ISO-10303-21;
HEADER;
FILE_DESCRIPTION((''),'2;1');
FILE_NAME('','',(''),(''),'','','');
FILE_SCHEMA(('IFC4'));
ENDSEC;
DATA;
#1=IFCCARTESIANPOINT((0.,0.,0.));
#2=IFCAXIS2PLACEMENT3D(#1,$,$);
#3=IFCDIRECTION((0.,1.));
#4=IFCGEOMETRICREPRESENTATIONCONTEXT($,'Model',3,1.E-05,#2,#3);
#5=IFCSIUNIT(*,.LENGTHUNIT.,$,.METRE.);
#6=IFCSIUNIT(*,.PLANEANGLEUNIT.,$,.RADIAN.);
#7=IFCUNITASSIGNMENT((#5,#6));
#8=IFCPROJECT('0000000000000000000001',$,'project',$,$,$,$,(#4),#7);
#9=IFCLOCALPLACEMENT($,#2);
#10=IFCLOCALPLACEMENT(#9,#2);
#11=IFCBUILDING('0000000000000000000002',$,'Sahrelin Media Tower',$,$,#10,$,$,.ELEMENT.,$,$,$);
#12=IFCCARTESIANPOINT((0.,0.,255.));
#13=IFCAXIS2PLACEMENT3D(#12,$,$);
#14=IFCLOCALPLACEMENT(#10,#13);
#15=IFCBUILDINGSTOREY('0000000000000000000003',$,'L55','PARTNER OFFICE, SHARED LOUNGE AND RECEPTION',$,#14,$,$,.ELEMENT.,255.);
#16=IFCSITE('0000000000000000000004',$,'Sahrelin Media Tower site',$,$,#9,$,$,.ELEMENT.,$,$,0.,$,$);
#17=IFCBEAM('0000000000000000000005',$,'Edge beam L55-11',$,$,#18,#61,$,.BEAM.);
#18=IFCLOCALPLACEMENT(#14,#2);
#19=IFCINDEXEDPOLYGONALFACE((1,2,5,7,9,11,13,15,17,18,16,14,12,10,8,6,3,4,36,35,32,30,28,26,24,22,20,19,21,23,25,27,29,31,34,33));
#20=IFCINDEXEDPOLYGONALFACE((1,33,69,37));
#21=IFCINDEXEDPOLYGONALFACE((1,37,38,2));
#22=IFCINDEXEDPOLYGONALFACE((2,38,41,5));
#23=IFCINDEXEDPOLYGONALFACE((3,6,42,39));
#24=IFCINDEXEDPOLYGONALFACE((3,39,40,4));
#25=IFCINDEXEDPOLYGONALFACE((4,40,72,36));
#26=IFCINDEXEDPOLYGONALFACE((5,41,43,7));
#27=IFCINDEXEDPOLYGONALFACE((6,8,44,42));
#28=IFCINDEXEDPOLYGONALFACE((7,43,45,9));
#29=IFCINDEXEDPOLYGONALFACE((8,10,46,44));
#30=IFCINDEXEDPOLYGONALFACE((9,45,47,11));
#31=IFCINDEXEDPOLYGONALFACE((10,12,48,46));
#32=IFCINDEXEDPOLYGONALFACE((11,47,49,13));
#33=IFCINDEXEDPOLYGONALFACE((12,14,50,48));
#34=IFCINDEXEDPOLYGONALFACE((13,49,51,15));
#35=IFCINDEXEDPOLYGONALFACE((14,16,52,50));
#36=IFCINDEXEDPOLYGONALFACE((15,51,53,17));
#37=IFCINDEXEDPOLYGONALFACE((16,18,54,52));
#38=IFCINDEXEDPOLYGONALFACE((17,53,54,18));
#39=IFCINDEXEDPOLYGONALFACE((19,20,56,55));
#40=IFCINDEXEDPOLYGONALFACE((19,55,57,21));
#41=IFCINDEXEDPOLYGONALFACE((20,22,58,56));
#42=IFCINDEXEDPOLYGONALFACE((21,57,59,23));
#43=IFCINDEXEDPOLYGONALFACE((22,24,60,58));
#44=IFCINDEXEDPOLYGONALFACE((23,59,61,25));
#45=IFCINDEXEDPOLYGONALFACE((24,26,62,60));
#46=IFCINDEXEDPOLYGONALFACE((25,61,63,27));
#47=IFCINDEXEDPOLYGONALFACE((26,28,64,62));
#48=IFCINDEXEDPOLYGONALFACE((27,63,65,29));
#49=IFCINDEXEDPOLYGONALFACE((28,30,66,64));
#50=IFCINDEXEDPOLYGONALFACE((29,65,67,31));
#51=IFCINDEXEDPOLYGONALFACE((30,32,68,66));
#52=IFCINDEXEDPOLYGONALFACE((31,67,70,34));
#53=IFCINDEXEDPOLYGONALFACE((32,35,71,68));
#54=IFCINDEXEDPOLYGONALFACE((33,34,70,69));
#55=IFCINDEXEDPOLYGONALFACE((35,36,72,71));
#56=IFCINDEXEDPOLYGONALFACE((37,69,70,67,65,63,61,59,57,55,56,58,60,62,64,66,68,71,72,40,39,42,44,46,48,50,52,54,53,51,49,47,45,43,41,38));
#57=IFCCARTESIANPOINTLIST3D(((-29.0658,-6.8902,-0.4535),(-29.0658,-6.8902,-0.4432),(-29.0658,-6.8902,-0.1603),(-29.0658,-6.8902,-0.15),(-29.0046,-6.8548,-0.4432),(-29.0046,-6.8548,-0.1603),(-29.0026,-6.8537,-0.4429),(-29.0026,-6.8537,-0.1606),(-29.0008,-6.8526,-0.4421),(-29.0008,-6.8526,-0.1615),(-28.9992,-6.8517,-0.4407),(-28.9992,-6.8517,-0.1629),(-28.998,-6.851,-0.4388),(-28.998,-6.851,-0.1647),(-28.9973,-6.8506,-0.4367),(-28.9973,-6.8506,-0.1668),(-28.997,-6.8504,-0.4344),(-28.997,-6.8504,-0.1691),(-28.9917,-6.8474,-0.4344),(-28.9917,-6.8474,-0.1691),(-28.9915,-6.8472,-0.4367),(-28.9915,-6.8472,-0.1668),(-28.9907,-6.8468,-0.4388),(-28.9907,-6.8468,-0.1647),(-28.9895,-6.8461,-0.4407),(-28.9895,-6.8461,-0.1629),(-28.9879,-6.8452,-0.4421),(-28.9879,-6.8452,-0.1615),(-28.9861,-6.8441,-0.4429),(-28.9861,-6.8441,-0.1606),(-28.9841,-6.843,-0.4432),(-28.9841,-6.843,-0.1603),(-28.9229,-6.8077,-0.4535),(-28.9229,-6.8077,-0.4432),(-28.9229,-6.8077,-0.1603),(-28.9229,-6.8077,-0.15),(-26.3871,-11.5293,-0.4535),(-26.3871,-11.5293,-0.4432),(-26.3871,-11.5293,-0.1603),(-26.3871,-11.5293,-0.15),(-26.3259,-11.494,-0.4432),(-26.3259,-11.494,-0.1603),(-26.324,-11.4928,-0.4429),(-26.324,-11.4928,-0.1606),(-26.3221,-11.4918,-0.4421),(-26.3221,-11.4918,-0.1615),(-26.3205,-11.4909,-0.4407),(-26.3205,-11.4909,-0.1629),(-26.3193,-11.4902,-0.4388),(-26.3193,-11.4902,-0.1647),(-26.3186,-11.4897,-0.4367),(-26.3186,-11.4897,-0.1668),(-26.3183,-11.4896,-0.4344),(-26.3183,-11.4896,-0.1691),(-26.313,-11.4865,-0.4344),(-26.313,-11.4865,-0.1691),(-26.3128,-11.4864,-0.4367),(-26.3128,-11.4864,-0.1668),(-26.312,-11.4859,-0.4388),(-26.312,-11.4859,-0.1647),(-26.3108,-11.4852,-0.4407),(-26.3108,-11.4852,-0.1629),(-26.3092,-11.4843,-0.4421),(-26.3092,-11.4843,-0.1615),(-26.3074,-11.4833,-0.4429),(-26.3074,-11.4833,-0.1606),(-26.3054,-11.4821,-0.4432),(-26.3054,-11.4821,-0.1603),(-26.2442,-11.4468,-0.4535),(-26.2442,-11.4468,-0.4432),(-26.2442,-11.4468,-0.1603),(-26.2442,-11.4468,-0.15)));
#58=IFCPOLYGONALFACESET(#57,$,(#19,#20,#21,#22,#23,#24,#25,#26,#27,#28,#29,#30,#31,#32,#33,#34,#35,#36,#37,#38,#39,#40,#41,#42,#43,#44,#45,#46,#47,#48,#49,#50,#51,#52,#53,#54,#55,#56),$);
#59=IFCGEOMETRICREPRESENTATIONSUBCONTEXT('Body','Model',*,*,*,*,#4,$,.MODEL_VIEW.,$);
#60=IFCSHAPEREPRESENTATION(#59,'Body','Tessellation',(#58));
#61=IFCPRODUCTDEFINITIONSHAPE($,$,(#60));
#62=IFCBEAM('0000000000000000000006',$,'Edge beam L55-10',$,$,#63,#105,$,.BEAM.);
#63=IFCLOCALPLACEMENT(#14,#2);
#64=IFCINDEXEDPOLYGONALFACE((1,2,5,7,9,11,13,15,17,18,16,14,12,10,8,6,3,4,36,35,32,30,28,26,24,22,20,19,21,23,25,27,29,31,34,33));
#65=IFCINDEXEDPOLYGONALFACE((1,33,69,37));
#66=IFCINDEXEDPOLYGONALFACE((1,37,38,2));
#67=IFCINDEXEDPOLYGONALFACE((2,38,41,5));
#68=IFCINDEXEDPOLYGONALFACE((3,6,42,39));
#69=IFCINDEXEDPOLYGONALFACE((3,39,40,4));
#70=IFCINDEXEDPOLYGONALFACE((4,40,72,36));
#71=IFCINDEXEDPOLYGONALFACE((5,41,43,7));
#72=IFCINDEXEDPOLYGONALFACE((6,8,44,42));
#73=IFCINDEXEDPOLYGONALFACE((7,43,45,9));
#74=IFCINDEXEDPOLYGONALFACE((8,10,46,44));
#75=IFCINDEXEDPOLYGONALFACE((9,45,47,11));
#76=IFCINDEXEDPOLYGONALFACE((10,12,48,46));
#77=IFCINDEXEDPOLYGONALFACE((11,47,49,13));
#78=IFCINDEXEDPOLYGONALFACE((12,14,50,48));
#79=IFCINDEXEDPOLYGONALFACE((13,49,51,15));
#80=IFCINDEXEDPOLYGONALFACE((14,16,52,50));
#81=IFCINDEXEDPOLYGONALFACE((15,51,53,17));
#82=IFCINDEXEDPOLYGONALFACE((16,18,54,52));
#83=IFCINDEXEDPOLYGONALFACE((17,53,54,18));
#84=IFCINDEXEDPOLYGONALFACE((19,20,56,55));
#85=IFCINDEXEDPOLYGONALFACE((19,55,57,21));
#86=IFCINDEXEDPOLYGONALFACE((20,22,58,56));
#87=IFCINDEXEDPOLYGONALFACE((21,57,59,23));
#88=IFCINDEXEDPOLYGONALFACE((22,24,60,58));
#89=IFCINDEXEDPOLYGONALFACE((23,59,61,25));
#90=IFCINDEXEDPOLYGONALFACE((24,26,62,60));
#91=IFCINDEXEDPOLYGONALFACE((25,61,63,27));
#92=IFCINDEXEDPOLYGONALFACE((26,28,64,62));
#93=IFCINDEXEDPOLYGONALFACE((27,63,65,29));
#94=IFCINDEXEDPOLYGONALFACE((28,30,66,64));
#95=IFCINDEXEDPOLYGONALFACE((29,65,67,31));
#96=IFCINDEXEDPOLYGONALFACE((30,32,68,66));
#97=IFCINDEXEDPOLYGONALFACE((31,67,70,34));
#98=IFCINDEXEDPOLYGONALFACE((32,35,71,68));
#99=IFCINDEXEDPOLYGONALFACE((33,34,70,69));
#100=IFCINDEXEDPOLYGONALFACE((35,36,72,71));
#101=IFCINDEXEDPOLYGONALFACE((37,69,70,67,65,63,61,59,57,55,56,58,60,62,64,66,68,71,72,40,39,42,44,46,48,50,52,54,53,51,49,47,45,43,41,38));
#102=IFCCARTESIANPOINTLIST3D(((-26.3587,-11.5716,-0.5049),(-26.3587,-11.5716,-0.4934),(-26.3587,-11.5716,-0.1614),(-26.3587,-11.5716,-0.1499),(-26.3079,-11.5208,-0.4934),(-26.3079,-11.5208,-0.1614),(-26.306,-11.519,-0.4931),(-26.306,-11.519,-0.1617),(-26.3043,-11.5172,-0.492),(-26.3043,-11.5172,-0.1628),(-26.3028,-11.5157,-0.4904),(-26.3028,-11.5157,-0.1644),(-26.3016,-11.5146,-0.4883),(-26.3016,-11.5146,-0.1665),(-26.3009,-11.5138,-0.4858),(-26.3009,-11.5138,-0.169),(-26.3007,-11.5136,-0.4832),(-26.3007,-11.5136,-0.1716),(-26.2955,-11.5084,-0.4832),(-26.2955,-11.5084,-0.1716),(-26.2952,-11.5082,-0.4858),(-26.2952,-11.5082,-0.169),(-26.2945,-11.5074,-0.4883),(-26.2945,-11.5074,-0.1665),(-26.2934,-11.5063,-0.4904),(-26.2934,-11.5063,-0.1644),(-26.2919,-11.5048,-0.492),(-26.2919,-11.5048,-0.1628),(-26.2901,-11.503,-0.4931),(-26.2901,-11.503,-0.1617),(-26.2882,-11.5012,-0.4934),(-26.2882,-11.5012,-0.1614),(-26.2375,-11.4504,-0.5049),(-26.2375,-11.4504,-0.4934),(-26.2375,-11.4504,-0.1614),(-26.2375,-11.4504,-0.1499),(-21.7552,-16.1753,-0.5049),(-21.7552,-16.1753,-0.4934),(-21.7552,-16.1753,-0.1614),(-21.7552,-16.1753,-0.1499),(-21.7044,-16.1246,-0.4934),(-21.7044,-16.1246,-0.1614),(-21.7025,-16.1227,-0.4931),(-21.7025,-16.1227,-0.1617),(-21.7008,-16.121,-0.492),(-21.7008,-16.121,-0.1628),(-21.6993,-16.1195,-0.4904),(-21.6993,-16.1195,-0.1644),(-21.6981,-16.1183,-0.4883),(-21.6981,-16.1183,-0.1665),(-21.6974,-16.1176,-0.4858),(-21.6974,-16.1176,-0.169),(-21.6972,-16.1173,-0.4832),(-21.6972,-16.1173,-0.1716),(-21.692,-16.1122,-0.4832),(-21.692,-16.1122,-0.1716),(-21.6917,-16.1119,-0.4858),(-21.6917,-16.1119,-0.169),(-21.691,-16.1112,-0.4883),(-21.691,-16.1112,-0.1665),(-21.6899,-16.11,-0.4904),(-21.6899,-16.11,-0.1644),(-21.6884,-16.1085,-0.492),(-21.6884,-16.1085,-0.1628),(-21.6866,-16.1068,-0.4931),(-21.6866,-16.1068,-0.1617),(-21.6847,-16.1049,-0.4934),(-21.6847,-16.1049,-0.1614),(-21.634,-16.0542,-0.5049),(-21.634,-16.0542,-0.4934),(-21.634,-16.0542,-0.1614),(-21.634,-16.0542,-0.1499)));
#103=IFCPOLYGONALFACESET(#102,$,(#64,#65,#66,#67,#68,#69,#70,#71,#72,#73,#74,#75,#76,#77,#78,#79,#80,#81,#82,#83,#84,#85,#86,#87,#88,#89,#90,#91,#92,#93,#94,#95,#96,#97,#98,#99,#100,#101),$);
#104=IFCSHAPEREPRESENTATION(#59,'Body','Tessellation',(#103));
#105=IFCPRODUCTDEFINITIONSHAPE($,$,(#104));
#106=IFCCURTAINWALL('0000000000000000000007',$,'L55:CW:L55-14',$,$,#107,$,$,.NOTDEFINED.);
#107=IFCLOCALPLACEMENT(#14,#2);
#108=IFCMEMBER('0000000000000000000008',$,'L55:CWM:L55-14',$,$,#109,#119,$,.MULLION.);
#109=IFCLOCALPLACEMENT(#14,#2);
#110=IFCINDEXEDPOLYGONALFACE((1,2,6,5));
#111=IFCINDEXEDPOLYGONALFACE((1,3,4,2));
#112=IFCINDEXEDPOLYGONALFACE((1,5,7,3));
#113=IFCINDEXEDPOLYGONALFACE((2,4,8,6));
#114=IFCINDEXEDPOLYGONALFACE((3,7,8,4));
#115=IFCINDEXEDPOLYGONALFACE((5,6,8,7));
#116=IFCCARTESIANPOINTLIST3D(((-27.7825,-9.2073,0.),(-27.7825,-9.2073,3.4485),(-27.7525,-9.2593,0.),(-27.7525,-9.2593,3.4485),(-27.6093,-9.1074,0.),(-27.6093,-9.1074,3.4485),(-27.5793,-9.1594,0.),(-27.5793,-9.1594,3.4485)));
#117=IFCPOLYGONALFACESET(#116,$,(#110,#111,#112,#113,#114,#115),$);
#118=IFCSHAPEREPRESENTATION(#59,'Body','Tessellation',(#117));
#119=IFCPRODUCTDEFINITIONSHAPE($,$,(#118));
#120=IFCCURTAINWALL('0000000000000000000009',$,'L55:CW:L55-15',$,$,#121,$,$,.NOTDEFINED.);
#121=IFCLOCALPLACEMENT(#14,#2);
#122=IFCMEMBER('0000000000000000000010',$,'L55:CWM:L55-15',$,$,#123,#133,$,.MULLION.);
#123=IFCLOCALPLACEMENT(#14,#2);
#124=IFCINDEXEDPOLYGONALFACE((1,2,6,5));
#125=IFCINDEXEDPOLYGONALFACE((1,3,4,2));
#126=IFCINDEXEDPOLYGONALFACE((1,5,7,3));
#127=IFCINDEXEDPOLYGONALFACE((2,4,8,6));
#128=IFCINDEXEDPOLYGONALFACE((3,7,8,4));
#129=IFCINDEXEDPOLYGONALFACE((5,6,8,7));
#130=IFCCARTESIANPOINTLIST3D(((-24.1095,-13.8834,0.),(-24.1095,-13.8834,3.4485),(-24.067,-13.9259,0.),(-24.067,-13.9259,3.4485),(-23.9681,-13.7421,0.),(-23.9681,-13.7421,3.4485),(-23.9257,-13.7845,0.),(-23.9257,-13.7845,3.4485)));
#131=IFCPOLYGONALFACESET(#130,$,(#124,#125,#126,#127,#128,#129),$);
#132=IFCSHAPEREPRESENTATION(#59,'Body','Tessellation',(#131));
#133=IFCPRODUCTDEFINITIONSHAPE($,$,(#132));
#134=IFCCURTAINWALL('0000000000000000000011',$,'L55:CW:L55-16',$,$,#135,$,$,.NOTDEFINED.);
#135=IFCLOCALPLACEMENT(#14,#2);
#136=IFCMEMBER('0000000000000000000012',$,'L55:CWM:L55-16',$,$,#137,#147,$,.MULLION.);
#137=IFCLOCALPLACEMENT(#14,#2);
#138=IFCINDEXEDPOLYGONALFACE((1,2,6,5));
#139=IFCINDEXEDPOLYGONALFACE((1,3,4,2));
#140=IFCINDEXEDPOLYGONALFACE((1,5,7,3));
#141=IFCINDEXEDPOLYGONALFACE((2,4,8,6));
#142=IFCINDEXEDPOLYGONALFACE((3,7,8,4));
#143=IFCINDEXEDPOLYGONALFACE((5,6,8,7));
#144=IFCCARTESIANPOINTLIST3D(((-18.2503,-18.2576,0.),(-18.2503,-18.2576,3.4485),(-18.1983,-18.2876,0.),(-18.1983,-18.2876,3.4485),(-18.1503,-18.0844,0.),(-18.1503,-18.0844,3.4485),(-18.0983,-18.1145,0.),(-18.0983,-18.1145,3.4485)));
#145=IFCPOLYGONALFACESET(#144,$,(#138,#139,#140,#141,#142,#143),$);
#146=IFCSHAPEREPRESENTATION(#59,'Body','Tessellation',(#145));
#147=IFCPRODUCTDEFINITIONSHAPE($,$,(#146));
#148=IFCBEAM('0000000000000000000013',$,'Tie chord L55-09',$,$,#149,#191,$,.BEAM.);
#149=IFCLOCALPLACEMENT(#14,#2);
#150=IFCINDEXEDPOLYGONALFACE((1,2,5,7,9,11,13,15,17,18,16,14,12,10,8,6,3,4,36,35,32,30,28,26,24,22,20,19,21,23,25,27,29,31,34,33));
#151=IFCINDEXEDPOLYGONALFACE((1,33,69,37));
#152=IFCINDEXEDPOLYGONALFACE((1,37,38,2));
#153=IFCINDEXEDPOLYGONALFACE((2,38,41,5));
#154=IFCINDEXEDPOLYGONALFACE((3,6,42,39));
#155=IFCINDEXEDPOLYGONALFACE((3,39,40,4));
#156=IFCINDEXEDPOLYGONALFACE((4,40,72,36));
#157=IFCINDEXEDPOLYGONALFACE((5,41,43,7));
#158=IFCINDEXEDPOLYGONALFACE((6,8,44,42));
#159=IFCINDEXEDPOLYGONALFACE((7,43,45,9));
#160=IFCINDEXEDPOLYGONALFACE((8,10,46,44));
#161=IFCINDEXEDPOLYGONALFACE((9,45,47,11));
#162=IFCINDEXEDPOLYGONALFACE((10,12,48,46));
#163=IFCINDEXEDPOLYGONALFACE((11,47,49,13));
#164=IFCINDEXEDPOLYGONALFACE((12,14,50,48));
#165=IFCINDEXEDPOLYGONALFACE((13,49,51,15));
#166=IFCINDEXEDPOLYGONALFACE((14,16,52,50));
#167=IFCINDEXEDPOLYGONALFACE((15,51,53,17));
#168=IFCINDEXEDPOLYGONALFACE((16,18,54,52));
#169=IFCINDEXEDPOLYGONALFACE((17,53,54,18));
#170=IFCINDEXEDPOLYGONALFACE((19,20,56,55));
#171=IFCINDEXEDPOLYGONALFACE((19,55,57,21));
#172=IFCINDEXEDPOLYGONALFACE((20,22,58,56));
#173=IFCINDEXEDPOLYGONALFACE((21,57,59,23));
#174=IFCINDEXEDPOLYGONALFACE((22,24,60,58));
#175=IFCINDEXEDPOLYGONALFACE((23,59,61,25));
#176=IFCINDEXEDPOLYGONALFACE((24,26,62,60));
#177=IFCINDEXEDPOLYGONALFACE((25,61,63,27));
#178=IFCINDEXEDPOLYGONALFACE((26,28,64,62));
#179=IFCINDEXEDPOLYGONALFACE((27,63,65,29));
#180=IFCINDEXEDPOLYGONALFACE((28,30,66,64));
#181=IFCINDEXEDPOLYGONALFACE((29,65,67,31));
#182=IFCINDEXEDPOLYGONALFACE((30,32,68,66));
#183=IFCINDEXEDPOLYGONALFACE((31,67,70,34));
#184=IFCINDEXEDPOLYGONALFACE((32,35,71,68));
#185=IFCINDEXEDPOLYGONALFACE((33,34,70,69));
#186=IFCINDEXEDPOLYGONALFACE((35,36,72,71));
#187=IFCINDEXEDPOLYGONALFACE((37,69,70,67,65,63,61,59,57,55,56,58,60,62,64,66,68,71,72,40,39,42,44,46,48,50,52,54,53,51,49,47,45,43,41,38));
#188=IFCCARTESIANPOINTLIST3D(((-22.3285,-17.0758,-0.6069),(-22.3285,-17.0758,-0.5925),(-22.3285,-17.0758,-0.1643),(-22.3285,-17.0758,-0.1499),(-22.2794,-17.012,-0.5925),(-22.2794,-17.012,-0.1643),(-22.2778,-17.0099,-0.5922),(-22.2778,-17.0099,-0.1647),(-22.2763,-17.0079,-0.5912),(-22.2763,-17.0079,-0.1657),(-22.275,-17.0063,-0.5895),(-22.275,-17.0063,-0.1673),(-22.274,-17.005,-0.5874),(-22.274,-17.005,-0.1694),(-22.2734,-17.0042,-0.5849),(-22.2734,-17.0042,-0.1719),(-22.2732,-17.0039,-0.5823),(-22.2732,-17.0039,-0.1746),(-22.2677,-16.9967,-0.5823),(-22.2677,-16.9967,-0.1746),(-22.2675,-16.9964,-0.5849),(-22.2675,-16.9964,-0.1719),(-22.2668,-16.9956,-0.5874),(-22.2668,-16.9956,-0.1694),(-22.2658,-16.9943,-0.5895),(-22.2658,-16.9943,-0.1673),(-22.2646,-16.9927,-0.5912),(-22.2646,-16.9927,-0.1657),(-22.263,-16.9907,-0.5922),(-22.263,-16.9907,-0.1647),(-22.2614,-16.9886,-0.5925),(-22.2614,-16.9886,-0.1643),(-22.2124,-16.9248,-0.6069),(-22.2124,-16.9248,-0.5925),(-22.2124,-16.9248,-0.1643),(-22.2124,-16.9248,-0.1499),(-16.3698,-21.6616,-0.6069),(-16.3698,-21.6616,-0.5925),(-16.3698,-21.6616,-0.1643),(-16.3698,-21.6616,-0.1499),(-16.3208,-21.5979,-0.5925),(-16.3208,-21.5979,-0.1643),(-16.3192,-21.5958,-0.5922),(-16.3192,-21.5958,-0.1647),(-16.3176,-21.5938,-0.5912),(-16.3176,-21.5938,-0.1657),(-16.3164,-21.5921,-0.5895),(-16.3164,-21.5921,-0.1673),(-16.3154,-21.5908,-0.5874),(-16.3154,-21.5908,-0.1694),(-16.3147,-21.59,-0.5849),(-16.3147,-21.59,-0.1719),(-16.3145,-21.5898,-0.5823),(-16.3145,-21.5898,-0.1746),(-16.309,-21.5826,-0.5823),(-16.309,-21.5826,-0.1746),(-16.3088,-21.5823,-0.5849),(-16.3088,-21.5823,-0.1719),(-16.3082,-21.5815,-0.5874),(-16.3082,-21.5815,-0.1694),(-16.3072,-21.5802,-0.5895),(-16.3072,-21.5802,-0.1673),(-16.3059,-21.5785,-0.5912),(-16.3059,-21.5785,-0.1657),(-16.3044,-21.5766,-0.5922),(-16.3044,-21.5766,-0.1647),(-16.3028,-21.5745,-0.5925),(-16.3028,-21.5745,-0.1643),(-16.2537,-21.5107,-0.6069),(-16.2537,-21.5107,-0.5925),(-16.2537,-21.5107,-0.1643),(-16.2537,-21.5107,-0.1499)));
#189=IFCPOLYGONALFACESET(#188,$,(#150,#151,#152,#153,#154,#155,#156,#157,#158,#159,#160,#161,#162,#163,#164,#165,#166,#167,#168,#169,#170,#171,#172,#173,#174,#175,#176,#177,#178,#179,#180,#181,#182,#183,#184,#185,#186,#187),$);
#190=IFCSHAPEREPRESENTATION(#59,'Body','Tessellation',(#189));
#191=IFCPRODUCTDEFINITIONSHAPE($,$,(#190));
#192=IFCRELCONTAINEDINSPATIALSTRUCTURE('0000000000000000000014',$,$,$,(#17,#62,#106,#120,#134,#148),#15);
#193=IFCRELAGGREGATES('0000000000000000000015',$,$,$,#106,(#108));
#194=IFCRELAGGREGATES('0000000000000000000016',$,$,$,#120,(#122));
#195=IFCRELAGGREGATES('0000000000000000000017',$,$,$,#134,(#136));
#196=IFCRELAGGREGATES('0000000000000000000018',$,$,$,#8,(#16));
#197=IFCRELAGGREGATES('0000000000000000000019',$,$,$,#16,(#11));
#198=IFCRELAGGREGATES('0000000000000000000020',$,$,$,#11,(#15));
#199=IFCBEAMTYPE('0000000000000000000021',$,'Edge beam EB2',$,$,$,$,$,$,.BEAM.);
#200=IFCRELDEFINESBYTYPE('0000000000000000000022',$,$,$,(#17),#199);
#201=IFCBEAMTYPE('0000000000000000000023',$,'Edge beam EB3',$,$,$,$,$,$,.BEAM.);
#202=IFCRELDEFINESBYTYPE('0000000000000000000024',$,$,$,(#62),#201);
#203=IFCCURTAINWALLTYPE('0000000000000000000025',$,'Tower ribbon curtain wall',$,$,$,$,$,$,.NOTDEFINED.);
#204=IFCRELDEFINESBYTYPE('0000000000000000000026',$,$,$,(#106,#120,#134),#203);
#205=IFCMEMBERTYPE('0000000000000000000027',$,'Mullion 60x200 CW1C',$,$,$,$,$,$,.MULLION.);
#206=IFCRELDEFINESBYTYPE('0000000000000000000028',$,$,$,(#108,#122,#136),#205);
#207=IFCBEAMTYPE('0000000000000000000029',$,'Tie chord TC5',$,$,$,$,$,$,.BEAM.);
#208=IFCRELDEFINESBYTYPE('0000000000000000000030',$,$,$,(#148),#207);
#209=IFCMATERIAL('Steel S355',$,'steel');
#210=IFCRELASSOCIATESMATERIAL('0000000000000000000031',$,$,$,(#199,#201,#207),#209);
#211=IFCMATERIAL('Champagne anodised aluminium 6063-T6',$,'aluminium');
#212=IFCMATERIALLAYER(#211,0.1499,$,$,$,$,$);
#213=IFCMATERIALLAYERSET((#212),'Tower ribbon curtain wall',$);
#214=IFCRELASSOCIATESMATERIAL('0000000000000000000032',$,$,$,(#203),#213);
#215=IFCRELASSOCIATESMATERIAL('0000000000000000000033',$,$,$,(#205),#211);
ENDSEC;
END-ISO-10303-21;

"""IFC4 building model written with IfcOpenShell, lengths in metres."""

from ifc_helpers import new_model, si_unit, direction, frame, origin, origin_2d, place, context, subcontext, project, spatial, rectangle, i_section, extrude, material, layer, layer_set, material_profile, profile_set, type_object, element, aggregate, save


model = new_model("IFC4")

# Units and contexts
model_context = context("Model", 3, precision=1e-05, world=origin(), true_north=direction((0.0, 1.0)))
body_context = subcontext(model_context, "Body", "Model", "MODEL_VIEW")
ifc_project = project(units=[si_unit("LENGTHUNIT", "METRE"), si_unit("PLANEANGLEUNIT", "RADIAN")], contexts=[model_context])

# Site, building, storey
site_placement = place(None, origin())
site = spatial("IfcSite", under=ifc_project, at=site_placement, Name="Sahrelin Media Tower site", CompositionType="ELEMENT", RefElevation=0.0)
building_placement = place(site_placement, origin())
building = spatial("IfcBuilding", under=site, at=building_placement, Name="Sahrelin Media Tower", CompositionType="ELEMENT")
storey_placement = place(building_placement, frame((0.0, 0.0, 255.0)))
storey = spatial("IfcBuildingStorey", under=building, at=storey_placement, Name="L55", Description="PARTNER OFFICE, SHARED LOUNGE AND RECEPTION", CompositionType="ELEMENT", Elevation=255.0)

# Beams
ifc_material_1 = material(Name="Steel S355", Category="steel")
ifc_material_profile_1 = material_profile(ifc_material_1, i_section(OverallWidth=0.165, OverallDepth=0.3035, WebThickness=0.0061, FlangeThickness=0.0103, FilletRadius=0.0088, at=origin_2d()), Name="UB 305x165x40")
ifc_profile_set_1 = profile_set([ifc_material_profile_1], Name="Steel S355")
beam_type_1 = type_object("IfcBeamType", Name="Edge beam EB2", PredefinedType="BEAM", material=ifc_profile_set_1)
beam_1_placement = place(storey_placement, frame((-26.3157, -11.488, -0.3018), z_axis=(-0.500041, 0.866002, 0.0), x_axis=(-0.866002, -0.500041, 0.0)))
element("IfcBeam", 1, at=beam_1_placement, inside=storey, type_object=beam_type_1, Name="Edge beam L55-11", PredefinedType="BEAM", context=body_context, shape_type="SweptSolid", body=[
    extrude(i_section(OverallWidth=0.165, OverallDepth=0.3035, WebThickness=0.0061, FlangeThickness=0.0103, FilletRadius=0.0088, at=origin_2d()), origin(), (0.0, 0.0, 1.0), 5.3569),
])
ifc_material_profile_2 = material_profile(ifc_material_1, i_section(OverallWidth=0.1714, OverallDepth=0.355, WebThickness=0.0073, FlangeThickness=0.0115, FilletRadius=0.0103, at=origin_2d()), Name="UB 356x171x51")
ifc_profile_set_2 = profile_set([ifc_material_profile_2], Name="Steel S355")
beam_type_2 = type_object("IfcBeamType", Name="Edge beam EB3", PredefinedType="BEAM", material=ifc_profile_set_2)
beam_2_placement = place(storey_placement, frame((-21.6946, -16.1147, -0.3274), z_axis=(-0.707088, 0.707126, 0.0), x_axis=(-0.707126, -0.707088, 0.0)))
element("IfcBeam", 2, at=beam_2_placement, inside=storey, type_object=beam_type_2, Name="Edge beam L55-10", PredefinedType="BEAM", context=body_context, shape_type="SweptSolid", body=[
    extrude(i_section(OverallWidth=0.1714, OverallDepth=0.355, WebThickness=0.0073, FlangeThickness=0.0115, FilletRadius=0.0103, at=origin_2d()), origin(), (0.0, 0.0, 1.0), 6.5105),
])

# Curtain walls, members
ifc_material_2 = material(Name="Champagne anodised aluminium 6063-T6", Category="aluminium")
ifc_layer_1 = layer(ifc_material_2, 0.1499)
ifc_layer_set_1 = layer_set([ifc_layer_1], Name="Tower ribbon curtain wall")
curtain_wall_type = type_object("IfcCurtainWallType", Name="Tower ribbon curtain wall", PredefinedType="NOTDEFINED", material=ifc_layer_set_1)
curtain_wall_1_placement = place(storey_placement, frame((-27.7849, -9.2434, 0.0), z_axis=(0.0, 0.0, 1.0), x_axis=(1.0, 0.0, 0.0)))
curtain_wall_1 = element("IfcCurtainWall", 3, at=curtain_wall_1_placement, inside=storey, type_object=curtain_wall_type, Name="L55:CW:L55-14", PredefinedType="NOTDEFINED")
ifc_material_profile_3 = material_profile(ifc_material_2, rectangle(XDim=0.0601, YDim=0.2, at=origin_2d()), Name="Mullion 60x200")
ifc_profile_set_3 = profile_set([ifc_material_profile_3], Name="Champagne anodised aluminium 6063-T6")
member_type_1 = type_object("IfcMemberType", Name="Mullion 60x200 CW1C", PredefinedType="MULLION", material=ifc_profile_set_3)
member_1_placement = place(storey_placement, frame((-27.6809, -9.1833, 0.0), z_axis=(0.0, 0.0, 1.0), x_axis=(0.5, -0.866025, 0.0)))
member_1 = element("IfcMember", 4, at=member_1_placement, type_object=member_type_1, Name="L55:CWM:L55-14", PredefinedType="MULLION", context=body_context, shape_type="SweptSolid", body=[
    extrude(rectangle(XDim=0.0601, YDim=0.2, at=origin_2d()), origin(), (0.0, 0.0, 1.0), 3.4485),
])
aggregate(curtain_wall_1, [member_1])
curtain_wall_2_placement = place(storey_placement, frame((-24.1023, -13.9189, 0.0), z_axis=(0.0, 0.0, 1.0), x_axis=(1.0, 0.0, 0.0)))
curtain_wall_2 = element("IfcCurtainWall", 5, at=curtain_wall_2_placement, inside=storey, type_object=curtain_wall_type, Name="L55:CW:L55-15", PredefinedType="NOTDEFINED")
member_2_placement = place(storey_placement, frame((-24.0176, -13.834, 0.0), z_axis=(0.0, 0.0, 1.0), x_axis=(0.707107, -0.707107, 0.0)))
member_2 = element("IfcMember", 6, at=member_2_placement, type_object=member_type_1, Name="L55:CWM:L55-15", PredefinedType="MULLION", context=body_context, shape_type="SweptSolid", body=[
    extrude(rectangle(XDim=0.0601, YDim=0.2, at=origin_2d()), origin(), (0.0, 0.0, 1.0), 3.4485),
])
curtain_wall_3_placement = place(storey_placement, frame((-18.2344, -18.29, 0.0), z_axis=(0.0, 0.0, 1.0), x_axis=(1.0, 0.0, 0.0)))
curtain_wall_3 = element("IfcCurtainWall", 7, at=curtain_wall_3_placement, inside=storey, type_object=curtain_wall_type, Name="L55:CW:L55-16", PredefinedType="NOTDEFINED")
member_3_placement = place(storey_placement, frame((-18.1743, -18.186, 0.0), z_axis=(0.0, 0.0, 1.0), x_axis=(0.866023, -0.500005, 0.0)))
member_3 = element("IfcMember", 8, at=member_3_placement, type_object=member_type_1, Name="L55:CWM:L55-16", PredefinedType="MULLION", context=body_context, shape_type="SweptSolid", body=[
    extrude(rectangle(XDim=0.0601, YDim=0.2, at=origin_2d()), origin(), (0.0, 0.0, 1.0), 3.4485),
])

# Beam
ifc_material_profile_4 = material_profile(ifc_material_1, i_section(OverallWidth=0.1904, OverallDepth=0.457, WebThickness=0.009, FlangeThickness=0.0144, FilletRadius=0.0103, at=origin_2d()), Name="UB 457x191x74")
ifc_profile_set_4 = profile_set([ifc_material_profile_4], Name="Steel S355")
beam_type_3 = type_object("IfcBeamType", Name="Tie chord TC5", PredefinedType="BEAM", material=ifc_profile_set_4)
beam_3_placement = place(storey_placement, frame((-16.3118, -21.5862, -0.3784), z_axis=(-0.792477, 0.609902, 0.0), x_axis=(-0.609902, -0.792477, 0.0)))
element("IfcBeam", 9, at=beam_3_placement, inside=storey, type_object=beam_type_3, Name="Tie chord L55-09", PredefinedType="BEAM", context=body_context, shape_type="SweptSolid", body=[
    extrude(i_section(OverallWidth=0.1904, OverallDepth=0.457, WebThickness=0.009, FlangeThickness=0.0144, FilletRadius=0.0103, at=origin_2d()), origin(), (0.0, 0.0, 1.0), 7.519),
])

aggregate(curtain_wall_2, [member_2])
aggregate(curtain_wall_3, [member_3])

save(model, "model.ifc")
